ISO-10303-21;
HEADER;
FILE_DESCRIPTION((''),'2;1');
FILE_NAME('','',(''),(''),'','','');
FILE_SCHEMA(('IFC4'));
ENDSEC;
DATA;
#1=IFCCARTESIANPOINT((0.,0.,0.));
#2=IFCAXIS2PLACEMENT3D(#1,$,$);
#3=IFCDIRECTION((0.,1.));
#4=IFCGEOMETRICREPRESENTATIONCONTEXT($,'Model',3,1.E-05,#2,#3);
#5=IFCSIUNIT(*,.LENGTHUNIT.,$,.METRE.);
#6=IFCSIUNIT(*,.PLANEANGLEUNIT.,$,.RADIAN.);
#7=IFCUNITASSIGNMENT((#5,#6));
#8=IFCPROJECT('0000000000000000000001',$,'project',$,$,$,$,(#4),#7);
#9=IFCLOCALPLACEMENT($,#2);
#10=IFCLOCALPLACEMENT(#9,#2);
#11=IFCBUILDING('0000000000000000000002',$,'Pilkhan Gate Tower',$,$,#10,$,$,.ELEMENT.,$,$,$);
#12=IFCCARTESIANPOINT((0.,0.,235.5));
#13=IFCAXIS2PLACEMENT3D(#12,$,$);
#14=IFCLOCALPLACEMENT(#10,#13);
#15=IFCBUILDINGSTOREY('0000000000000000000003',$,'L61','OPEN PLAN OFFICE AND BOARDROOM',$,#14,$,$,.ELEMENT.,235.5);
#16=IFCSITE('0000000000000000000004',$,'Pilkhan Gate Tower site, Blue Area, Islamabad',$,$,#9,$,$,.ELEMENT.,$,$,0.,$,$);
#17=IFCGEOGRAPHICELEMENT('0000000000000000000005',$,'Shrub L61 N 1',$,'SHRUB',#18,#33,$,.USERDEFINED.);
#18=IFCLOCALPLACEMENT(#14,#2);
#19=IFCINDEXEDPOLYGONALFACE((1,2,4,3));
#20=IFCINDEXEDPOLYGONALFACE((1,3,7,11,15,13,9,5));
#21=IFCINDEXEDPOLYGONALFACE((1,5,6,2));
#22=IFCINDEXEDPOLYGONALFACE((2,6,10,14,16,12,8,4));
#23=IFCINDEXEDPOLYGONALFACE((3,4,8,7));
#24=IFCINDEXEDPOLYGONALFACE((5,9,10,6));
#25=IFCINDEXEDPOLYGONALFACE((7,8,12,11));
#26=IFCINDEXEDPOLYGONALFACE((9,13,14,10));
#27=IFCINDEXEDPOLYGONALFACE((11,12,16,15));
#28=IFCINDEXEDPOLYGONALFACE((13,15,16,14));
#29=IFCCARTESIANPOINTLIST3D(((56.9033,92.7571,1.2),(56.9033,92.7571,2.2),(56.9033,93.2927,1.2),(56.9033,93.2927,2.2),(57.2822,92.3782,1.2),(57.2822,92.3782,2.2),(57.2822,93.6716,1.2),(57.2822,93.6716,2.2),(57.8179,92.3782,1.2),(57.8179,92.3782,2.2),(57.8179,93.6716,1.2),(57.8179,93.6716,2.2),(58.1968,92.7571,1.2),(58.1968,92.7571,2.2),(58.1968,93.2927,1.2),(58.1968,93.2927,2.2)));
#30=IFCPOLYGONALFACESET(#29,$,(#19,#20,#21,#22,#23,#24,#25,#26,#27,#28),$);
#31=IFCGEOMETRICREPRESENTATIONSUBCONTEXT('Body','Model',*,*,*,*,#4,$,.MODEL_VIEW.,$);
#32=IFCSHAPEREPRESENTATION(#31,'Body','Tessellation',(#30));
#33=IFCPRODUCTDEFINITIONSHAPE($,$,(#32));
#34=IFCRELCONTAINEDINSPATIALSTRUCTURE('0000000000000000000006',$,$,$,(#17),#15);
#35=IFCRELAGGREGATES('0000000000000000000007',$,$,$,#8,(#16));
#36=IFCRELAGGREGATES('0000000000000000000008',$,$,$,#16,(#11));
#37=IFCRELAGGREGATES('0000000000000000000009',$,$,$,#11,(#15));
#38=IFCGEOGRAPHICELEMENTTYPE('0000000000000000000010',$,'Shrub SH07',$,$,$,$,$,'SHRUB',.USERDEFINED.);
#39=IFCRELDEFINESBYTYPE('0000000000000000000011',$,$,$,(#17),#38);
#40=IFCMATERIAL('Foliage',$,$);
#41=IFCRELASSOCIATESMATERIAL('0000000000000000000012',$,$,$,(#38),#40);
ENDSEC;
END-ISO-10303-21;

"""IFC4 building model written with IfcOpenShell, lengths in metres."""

from ifc_helpers import new_model, si_unit, direction, frame, origin, place, context, subcontext, project, spatial, polyline, outline, extrude, material, material_profile, profile_set, type_object, element, save


model = new_model("IFC4")

# Units and contexts
model_context = context("Model", 3, precision=1e-05, world=origin(), true_north=direction((0.0, 1.0)))
body_context = subcontext(model_context, "Body", "Model", "MODEL_VIEW")
ifc_project = project(units=[si_unit("LENGTHUNIT", "METRE"), si_unit("PLANEANGLEUNIT", "RADIAN")], contexts=[model_context])

# Site, building, storey
site_placement = place(None, origin())
site = spatial("IfcSite", under=ifc_project, at=site_placement, Name="Pilkhan Gate Tower site, Blue Area, Islamabad", CompositionType="ELEMENT", RefElevation=0.0)
building_placement = place(site_placement, origin())
building = spatial("IfcBuilding", under=site, at=building_placement, Name="Pilkhan Gate Tower", CompositionType="ELEMENT")
storey_placement = place(building_placement, frame((0.0, 0.0, 235.5)))
storey = spatial("IfcBuildingStorey", under=building, at=storey_placement, Name="L61", Description="OPEN PLAN OFFICE AND BOARDROOM", CompositionType="ELEMENT", Elevation=235.5)

# Geographic element
ifc_material_1 = material(Name="Foliage")
ifc_material_profile_1 = material_profile(ifc_material_1, outline(polyline([(0.6467, 0.2678), (0.2678, 0.6467), (-0.2678, 0.6467), (-0.6467, 0.2678), (-0.6467, -0.2678), (-0.2678, -0.6467), (0.2678, -0.6467), (0.6467, -0.2678), (0.6467, 0.2678)])), Name="Shrub D1.4")
ifc_profile_set_1 = profile_set([ifc_material_profile_1], Name="Foliage")
geographic_element_type_1 = type_object("IfcGeographicElementType", Name="Shrub SH07", ElementType="SHRUB", PredefinedType="USERDEFINED", material=ifc_profile_set_1)
geographic_element_1_placement = place(storey_placement, frame((57.55, 93.0249, 1.2), z_axis=(0.0, 0.0, 1.0), x_axis=(1.0, 0.0, 0.0)))
element("IfcGeographicElement", 1, at=geographic_element_1_placement, inside=storey, type_object=geographic_element_type_1, Name="Shrub L61 N 1", ObjectType="SHRUB", PredefinedType="USERDEFINED", context=body_context, shape_type="SweptSolid", body=[
    extrude(outline(polyline([(0.6467, 0.2678), (0.2678, 0.6467), (-0.2678, 0.6467), (-0.6467, 0.2678), (-0.6467, -0.2678), (-0.2678, -0.6467), (0.2678, -0.6467), (0.6467, -0.2678), (0.6467, 0.2678)])), origin(), (0.0, 0.0, 1.0), 1.0),
])

save(model, "model.ifc")
